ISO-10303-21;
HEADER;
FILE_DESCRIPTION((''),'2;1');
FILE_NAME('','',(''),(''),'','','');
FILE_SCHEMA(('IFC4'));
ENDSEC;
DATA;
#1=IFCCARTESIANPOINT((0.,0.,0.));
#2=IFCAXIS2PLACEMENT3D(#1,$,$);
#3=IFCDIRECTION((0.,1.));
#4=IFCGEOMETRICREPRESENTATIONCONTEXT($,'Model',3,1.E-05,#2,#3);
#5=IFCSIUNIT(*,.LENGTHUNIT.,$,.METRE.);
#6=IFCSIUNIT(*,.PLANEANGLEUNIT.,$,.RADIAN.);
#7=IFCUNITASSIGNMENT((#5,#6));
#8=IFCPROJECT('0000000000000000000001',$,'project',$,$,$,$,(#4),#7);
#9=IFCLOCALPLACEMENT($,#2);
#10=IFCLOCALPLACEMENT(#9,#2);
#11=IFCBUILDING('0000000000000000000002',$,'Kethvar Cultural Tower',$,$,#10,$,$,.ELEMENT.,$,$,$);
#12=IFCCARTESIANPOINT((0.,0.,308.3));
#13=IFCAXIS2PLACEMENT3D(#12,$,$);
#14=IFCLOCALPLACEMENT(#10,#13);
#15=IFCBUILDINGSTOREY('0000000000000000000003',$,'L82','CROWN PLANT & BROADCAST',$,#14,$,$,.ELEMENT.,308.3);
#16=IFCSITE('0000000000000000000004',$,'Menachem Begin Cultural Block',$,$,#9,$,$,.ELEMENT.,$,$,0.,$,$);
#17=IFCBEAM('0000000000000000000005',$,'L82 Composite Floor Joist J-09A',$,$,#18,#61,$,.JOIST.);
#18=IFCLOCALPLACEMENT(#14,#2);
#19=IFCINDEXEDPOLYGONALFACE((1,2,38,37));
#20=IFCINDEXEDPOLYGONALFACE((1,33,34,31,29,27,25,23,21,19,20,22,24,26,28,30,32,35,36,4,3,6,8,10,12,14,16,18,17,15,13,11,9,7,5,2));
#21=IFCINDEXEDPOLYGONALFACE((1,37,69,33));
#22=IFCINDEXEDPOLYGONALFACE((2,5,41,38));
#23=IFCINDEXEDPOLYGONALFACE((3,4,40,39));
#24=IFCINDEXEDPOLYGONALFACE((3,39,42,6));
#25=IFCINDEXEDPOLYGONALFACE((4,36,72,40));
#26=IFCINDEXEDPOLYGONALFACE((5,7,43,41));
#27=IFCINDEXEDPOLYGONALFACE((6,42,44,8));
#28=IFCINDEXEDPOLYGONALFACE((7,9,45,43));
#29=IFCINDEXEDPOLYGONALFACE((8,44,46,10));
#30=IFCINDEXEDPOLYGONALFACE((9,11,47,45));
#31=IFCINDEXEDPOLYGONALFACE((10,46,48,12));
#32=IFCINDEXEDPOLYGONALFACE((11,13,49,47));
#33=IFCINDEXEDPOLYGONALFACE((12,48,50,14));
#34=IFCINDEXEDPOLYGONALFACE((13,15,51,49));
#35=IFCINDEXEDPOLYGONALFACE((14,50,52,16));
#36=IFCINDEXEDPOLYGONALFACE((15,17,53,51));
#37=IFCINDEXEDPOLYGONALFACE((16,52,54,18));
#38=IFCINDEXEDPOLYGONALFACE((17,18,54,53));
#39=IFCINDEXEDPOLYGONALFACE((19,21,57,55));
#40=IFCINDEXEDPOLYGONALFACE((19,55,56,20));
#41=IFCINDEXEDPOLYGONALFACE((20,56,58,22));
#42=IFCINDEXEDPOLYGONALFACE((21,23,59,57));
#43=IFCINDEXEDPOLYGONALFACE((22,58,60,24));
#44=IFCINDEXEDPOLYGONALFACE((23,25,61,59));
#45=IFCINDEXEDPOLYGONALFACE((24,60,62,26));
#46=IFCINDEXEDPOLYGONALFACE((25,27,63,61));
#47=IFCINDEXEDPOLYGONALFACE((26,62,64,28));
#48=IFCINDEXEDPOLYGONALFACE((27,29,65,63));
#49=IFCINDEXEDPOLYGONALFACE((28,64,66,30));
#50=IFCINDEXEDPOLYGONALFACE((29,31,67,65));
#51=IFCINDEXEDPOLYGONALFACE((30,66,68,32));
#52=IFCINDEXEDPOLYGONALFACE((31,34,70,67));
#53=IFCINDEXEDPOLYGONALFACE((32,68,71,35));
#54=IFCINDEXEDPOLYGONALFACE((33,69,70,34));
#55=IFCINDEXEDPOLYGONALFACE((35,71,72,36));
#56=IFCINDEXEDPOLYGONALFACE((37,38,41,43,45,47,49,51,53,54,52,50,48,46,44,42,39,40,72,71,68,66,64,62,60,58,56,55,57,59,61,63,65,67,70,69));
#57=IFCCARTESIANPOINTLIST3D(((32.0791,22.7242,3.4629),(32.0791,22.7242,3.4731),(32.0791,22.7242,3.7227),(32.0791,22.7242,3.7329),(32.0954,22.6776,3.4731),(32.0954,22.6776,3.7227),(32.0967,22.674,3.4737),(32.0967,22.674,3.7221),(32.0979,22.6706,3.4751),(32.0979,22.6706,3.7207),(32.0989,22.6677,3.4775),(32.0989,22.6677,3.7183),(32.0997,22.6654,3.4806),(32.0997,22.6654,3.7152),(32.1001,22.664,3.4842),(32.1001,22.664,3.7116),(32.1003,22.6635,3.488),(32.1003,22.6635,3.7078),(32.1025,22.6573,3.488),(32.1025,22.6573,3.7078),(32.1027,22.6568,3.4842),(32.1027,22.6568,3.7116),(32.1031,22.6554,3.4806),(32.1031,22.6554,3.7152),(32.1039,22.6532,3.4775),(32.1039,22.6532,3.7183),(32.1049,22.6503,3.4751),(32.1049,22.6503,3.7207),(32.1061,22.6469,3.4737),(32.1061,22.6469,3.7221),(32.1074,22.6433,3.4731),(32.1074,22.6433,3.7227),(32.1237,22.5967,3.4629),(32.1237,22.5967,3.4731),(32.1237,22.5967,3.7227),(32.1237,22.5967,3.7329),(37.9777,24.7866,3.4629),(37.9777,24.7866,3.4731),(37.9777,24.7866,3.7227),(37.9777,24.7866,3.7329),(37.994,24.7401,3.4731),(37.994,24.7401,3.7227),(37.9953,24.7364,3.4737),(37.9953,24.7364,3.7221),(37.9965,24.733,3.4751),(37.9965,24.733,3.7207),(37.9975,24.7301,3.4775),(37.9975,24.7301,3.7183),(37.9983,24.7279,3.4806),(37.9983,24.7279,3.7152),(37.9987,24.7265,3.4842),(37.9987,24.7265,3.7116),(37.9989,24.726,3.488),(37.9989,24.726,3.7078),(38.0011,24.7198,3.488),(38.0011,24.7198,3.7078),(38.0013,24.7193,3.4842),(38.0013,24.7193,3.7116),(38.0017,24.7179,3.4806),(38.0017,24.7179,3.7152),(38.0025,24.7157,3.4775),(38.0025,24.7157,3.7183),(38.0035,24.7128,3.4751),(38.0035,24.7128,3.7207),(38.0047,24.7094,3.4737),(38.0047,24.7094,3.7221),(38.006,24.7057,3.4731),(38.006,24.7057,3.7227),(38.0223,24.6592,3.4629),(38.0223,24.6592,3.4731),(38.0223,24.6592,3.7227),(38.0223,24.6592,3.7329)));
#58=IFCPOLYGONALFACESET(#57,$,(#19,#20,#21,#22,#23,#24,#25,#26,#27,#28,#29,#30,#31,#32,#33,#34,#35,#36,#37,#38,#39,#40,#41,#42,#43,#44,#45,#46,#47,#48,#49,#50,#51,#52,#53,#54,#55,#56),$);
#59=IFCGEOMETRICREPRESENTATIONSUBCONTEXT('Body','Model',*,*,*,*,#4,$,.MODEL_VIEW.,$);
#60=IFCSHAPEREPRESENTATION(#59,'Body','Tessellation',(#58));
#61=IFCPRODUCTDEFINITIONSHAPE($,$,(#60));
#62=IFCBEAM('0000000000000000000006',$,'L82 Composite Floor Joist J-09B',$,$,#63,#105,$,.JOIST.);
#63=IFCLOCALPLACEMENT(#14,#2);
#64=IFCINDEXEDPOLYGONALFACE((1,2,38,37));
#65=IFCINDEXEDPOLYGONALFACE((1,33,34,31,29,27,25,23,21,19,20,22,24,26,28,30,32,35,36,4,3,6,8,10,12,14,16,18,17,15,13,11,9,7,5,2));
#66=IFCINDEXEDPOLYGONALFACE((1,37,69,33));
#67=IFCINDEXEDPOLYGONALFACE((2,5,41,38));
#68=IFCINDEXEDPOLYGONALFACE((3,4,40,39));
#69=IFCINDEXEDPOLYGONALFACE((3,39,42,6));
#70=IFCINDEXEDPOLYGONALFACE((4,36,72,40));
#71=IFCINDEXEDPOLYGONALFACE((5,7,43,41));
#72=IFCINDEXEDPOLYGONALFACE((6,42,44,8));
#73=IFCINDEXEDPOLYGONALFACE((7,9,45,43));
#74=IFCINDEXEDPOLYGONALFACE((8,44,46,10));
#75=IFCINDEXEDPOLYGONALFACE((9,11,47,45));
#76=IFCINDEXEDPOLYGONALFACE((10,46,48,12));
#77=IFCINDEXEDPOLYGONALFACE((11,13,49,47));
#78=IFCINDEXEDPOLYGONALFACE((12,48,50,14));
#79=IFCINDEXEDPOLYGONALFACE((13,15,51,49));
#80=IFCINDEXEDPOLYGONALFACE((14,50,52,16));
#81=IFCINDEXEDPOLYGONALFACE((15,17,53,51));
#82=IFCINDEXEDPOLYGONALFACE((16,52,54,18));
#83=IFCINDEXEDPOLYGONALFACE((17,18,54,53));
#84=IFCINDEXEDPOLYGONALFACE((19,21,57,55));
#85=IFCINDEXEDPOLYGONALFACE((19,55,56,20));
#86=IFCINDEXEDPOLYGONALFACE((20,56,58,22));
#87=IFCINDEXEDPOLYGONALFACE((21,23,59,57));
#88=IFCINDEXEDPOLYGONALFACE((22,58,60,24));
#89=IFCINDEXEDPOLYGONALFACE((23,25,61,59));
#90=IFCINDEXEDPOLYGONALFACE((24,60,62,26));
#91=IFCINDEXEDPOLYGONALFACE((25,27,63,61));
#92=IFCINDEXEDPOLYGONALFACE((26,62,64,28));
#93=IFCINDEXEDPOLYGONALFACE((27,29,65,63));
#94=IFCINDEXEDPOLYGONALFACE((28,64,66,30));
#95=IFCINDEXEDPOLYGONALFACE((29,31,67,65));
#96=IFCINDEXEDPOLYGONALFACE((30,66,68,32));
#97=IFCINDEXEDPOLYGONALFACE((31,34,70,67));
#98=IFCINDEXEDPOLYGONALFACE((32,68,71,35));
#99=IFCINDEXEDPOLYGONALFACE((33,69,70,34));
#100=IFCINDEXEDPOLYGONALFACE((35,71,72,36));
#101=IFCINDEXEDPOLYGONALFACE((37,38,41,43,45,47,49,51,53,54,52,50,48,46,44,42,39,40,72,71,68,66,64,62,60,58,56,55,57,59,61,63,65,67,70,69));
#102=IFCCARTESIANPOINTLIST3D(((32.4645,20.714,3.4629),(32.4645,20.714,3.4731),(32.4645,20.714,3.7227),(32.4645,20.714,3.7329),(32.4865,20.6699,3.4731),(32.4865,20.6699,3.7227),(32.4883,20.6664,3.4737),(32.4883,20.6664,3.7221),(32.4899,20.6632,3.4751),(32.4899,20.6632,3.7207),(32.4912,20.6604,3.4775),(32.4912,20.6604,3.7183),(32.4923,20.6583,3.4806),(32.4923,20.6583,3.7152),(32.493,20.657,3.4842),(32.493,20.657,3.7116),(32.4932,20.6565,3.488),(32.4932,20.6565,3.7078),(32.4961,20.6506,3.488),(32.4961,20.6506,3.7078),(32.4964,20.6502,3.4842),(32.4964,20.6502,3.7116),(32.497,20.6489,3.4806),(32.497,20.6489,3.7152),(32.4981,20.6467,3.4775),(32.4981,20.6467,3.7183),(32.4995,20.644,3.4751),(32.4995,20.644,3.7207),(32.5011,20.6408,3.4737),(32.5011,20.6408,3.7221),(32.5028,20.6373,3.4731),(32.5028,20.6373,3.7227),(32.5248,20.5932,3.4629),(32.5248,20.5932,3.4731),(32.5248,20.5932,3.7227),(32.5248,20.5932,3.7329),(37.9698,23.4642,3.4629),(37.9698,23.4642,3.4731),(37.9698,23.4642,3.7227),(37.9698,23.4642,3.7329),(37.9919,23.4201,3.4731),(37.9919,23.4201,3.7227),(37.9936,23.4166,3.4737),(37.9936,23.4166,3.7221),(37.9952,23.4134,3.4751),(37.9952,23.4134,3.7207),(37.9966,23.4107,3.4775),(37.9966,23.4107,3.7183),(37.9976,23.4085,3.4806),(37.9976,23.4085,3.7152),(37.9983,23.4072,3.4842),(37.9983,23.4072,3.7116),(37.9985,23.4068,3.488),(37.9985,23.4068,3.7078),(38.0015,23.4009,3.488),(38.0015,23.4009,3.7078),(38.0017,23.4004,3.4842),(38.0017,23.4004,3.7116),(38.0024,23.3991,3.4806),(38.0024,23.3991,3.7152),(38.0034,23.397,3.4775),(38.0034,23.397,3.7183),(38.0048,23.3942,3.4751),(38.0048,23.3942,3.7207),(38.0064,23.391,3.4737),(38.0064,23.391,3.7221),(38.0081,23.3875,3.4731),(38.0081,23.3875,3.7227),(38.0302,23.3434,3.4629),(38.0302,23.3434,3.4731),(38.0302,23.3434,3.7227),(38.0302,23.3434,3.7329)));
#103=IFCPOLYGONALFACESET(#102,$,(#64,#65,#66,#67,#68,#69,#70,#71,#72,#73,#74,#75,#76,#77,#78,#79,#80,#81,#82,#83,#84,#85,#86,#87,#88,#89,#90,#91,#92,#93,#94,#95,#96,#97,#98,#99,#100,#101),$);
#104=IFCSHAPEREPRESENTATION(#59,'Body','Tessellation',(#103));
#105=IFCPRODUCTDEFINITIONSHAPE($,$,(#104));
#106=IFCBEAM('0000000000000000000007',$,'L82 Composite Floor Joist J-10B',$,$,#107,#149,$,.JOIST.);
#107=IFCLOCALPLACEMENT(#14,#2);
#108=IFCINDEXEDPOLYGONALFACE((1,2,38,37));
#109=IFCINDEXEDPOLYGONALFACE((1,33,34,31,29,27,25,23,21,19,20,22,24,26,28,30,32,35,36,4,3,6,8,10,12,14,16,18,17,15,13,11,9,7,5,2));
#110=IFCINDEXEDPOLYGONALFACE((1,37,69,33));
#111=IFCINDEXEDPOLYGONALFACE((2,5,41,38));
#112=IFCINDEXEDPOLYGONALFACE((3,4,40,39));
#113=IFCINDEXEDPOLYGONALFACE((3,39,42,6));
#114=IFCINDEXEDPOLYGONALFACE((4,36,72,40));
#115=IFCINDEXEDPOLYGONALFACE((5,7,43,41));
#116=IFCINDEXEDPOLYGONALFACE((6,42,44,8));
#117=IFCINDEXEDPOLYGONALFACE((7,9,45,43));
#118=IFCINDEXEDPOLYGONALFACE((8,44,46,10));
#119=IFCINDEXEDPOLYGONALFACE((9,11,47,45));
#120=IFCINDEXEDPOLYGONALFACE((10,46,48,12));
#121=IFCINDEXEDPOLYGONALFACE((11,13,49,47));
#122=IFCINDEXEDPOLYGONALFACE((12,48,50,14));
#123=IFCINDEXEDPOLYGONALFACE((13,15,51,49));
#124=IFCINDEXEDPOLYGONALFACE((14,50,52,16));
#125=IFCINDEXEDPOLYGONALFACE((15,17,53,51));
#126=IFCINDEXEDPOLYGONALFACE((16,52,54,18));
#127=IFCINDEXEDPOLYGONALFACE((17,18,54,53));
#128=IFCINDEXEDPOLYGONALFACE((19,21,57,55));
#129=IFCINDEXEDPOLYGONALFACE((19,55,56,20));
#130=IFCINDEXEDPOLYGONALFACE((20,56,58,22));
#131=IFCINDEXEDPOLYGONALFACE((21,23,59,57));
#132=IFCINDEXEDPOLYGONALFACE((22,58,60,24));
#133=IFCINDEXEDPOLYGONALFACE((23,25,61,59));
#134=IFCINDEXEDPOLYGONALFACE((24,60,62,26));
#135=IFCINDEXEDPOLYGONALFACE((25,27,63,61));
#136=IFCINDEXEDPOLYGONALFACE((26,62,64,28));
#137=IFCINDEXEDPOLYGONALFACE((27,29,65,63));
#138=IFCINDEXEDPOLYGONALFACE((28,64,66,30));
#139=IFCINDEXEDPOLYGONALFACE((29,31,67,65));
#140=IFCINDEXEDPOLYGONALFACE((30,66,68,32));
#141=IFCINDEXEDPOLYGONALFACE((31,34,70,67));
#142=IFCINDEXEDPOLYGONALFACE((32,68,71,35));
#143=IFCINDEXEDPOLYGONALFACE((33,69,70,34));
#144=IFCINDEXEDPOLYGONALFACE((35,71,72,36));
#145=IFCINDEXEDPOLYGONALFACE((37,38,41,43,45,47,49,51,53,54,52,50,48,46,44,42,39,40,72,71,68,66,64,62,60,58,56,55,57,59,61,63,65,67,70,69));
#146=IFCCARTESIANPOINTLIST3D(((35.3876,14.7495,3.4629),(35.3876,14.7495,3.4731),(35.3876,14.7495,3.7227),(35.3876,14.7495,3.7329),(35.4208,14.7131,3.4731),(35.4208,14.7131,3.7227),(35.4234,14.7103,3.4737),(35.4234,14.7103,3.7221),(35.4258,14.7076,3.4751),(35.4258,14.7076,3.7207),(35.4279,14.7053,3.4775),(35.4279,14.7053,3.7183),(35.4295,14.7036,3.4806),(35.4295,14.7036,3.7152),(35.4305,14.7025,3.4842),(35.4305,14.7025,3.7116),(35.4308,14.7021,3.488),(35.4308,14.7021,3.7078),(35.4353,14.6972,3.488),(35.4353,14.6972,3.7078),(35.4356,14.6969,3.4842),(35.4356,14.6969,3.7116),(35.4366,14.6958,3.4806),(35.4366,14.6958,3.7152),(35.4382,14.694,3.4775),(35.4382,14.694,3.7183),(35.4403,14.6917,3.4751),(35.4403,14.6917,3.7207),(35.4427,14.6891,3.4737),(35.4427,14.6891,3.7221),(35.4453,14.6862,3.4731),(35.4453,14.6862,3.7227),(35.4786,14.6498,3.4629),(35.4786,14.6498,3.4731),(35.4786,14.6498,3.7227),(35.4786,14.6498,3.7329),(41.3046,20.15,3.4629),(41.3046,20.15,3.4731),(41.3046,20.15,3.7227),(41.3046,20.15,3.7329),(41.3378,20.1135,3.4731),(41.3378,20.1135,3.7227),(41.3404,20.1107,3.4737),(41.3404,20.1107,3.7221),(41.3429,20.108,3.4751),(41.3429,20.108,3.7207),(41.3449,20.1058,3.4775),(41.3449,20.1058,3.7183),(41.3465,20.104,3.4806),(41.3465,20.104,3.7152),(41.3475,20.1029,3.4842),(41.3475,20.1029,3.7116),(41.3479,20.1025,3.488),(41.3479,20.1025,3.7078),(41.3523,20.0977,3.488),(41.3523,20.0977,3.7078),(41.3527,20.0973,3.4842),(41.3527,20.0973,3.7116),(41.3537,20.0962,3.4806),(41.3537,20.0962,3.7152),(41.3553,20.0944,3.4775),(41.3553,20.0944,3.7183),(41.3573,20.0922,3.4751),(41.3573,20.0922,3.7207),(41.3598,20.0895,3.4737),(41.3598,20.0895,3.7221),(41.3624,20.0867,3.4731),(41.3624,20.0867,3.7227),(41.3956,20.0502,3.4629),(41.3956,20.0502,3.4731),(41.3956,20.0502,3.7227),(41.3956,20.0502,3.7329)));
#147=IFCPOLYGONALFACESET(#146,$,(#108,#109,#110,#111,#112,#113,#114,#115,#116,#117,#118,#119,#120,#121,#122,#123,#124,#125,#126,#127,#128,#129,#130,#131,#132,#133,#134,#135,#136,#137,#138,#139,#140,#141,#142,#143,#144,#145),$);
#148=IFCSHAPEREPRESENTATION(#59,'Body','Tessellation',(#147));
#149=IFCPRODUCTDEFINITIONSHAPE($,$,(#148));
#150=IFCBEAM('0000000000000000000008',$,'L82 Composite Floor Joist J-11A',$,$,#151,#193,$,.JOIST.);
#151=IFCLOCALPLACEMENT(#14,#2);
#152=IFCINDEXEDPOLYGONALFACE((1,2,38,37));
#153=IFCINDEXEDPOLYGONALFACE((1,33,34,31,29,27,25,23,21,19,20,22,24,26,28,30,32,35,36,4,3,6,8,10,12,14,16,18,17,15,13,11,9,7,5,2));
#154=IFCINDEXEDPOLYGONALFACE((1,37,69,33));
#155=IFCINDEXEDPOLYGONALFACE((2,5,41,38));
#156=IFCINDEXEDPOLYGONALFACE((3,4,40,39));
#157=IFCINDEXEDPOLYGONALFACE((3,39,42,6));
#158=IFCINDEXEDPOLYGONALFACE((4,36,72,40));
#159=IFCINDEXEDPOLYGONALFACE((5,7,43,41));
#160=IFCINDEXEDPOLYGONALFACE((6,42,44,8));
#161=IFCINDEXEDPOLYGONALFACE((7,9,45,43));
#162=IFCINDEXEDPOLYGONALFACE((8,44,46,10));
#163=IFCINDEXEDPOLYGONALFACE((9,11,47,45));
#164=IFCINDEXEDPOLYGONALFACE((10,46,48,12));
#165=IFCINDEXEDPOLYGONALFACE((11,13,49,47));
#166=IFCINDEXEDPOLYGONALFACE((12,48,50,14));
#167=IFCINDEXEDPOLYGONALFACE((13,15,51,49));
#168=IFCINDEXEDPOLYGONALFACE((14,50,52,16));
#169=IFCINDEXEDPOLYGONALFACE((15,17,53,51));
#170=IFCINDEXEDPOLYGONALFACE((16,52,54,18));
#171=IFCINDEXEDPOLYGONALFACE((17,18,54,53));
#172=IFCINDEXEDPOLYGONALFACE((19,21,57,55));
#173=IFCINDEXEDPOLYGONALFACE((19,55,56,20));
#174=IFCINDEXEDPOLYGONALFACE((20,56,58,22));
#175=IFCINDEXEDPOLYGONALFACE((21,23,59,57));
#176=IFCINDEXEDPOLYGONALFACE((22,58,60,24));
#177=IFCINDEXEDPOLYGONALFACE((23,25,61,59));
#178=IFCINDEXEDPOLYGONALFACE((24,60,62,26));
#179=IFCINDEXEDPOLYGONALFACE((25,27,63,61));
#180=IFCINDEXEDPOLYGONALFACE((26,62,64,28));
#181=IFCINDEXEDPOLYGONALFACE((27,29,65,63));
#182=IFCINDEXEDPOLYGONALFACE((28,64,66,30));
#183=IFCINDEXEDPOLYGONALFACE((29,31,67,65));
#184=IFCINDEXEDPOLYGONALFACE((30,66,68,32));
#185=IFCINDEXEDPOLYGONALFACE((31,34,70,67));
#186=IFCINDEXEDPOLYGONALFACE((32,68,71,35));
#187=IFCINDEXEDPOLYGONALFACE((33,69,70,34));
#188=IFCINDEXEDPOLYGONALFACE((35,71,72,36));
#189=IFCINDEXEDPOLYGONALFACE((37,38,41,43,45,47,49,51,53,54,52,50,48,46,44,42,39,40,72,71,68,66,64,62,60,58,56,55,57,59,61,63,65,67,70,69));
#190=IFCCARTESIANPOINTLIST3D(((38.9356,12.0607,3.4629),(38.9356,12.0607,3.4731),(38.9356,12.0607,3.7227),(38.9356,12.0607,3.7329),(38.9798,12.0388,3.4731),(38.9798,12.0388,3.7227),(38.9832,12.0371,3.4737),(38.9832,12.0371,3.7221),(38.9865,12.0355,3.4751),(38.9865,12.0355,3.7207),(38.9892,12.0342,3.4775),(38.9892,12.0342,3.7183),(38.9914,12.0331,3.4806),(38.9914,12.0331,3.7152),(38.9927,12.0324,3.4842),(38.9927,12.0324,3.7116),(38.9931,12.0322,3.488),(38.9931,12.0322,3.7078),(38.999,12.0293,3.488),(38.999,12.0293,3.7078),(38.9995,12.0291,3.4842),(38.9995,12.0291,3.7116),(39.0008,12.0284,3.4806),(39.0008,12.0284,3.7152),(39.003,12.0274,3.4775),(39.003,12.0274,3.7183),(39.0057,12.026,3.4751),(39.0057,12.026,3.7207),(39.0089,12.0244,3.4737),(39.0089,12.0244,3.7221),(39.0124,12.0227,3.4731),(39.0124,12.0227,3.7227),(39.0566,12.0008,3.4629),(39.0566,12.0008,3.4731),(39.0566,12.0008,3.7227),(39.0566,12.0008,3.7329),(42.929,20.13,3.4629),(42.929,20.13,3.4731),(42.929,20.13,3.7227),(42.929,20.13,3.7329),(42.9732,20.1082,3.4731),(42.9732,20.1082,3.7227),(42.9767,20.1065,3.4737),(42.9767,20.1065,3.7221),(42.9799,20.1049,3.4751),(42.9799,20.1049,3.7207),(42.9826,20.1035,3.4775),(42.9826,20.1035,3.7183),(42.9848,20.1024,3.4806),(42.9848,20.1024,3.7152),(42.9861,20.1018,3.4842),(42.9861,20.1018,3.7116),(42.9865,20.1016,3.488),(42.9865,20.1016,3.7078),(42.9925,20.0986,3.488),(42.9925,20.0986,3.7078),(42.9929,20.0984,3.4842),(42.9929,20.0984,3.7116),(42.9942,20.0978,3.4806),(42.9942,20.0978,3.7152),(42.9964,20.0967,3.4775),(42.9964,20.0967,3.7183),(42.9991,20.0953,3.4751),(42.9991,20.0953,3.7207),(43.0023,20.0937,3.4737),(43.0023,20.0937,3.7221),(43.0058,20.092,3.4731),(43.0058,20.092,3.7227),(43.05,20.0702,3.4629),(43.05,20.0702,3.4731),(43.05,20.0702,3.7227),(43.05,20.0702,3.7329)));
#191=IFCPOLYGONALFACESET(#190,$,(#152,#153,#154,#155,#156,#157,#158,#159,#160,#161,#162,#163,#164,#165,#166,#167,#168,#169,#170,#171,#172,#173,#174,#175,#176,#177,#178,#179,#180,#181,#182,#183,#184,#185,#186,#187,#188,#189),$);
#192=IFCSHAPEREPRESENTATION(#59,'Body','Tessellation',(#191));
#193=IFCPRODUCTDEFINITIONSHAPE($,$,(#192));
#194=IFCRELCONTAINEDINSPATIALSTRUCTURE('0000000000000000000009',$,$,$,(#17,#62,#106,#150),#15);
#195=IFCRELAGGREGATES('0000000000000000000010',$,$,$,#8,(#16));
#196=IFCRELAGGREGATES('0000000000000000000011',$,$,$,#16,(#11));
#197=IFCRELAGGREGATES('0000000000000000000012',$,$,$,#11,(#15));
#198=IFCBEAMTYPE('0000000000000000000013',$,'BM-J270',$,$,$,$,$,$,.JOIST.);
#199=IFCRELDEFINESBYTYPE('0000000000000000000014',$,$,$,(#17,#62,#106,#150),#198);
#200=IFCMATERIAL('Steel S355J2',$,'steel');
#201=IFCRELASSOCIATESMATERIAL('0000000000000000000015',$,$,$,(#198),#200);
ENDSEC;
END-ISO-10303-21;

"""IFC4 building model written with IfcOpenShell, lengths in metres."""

from ifc_helpers import new_model, si_unit, direction, frame, origin, origin_2d, place, context, subcontext, project, spatial, i_section, extrude, source, transform, mapped, material, material_profile, profile_set, type_object, element, save


model = new_model("IFC4")

# Units and contexts
model_context = context("Model", 3, precision=1e-05, world=origin(), true_north=direction((0.0, 1.0)))
body_context = subcontext(model_context, "Body", "Model", "MODEL_VIEW")
ifc_project = project(units=[si_unit("LENGTHUNIT", "METRE"), si_unit("PLANEANGLEUNIT", "RADIAN")], contexts=[model_context])

# Site, building, storey
site_placement = place(None, origin())
site = spatial("IfcSite", under=ifc_project, at=site_placement, Name="Menachem Begin Cultural Block", CompositionType="ELEMENT", RefElevation=0.0)
building_placement = place(site_placement, origin())
building = spatial("IfcBuilding", under=site, at=building_placement, Name="Kethvar Cultural Tower", CompositionType="ELEMENT")
storey_placement = place(building_placement, frame((0.0, 0.0, 308.3)))
storey = spatial("IfcBuildingStorey", under=building, at=storey_placement, Name="L82", Description="CROWN PLANT & BROADCAST", CompositionType="ELEMENT", Elevation=308.3)

# Beams
ifc_material_1 = material(Name="Steel S355J2", Category="steel")
ifc_material_profile_1 = material_profile(ifc_material_1, i_section(OverallWidth=0.135, OverallDepth=0.27, WebThickness=0.0066, FlangeThickness=0.0103, FilletRadius=0.0149, at=origin_2d()), Name="Steel S355J2 — IPE270")
ifc_profile_set_1 = profile_set([ifc_material_profile_1], Name="Steel S355J2 — IPE270")
beam_type_1 = type_object("IfcBeamType", Name="BM-J270", PredefinedType="JOIST", material=ifc_profile_set_1)
shared_shape_1 = source(origin(), body_context, "Body", "SweptSolid", [
    extrude(i_section(OverallWidth=0.135, OverallDepth=0.27, WebThickness=0.0066, FlangeThickness=0.0103, FilletRadius=0.0149, at=origin_2d()), origin(), (0.0, 0.0, 1.0), 6.2488),
])
beam_1_placement = place(storey_placement, frame((38.0, 24.7229, 3.5979), z_axis=(-0.94396, -0.33006, 0.0), x_axis=(0.33006, -0.94396, 0.0)))
element("IfcBeam", 1, at=beam_1_placement, inside=storey, type_object=beam_type_1, Name="L82 Composite Floor Joist J-09A", PredefinedType="JOIST", context=body_context, shape_type="MappedRepresentation", body=[
    mapped(shared_shape_1, transform((0.0, 0.0, 0.0), scale=1.0)),
])
shared_shape_2 = source(origin(), body_context, "Body", "SweptSolid", [
    extrude(i_section(OverallWidth=0.135, OverallDepth=0.27, WebThickness=0.0066, FlangeThickness=0.0103, FilletRadius=0.0149, at=origin_2d()), origin(), (0.0, 0.0, 1.0), 6.1541),
])
beam_2_placement = place(storey_placement, frame((38.0, 23.4038, 3.5979), z_axis=(-0.894586, -0.446896, 0.0), x_axis=(0.446896, -0.894586, 0.0)))
element("IfcBeam", 2, at=beam_2_placement, inside=storey, type_object=beam_type_1, Name="L82 Composite Floor Joist J-09B", PredefinedType="JOIST", context=body_context, shape_type="MappedRepresentation", body=[
    mapped(shared_shape_2, transform((0.0, 0.0, 0.0), scale=1.0)),
])
shared_shape_3 = source(origin(), body_context, "Body", "SweptSolid", [
    extrude(i_section(OverallWidth=0.135, OverallDepth=0.27, WebThickness=0.0066, FlangeThickness=0.0103, FilletRadius=0.0149, at=origin_2d()), origin(), (0.0, 0.0, 1.0), 8.011),
])
beam_3_placement = place(storey_placement, frame((41.3501, 20.1001, 3.5979), z_axis=(-0.738615, -0.674128, 0.0), x_axis=(0.674128, -0.738615, 0.0)))
element("IfcBeam", 3, at=beam_3_placement, inside=storey, type_object=beam_type_1, Name="L82 Composite Floor Joist J-10B", PredefinedType="JOIST", context=body_context, shape_type="MappedRepresentation", body=[
    mapped(shared_shape_3, transform((0.0, 0.0, 0.0), scale=1.0)),
])
shared_shape_4 = source(origin(), body_context, "Body", "SweptSolid", [
    extrude(i_section(OverallWidth=0.135, OverallDepth=0.27, WebThickness=0.0066, FlangeThickness=0.0103, FilletRadius=0.0149, at=origin_2d()), origin(), (0.0, 0.0, 1.0), 9.0034),
])
beam_4_placement = place(storey_placement, frame((42.9895, 20.1001, 3.5979), z_axis=(-0.443544, -0.896253, 0.0), x_axis=(0.896253, -0.443544, 0.0)))
element("IfcBeam", 4, at=beam_4_placement, inside=storey, type_object=beam_type_1, Name="L82 Composite Floor Joist J-11A", PredefinedType="JOIST", context=body_context, shape_type="MappedRepresentation", body=[
    mapped(shared_shape_4, transform((0.0, 0.0, 0.0), scale=1.0)),
])

save(model, "model.ifc")
